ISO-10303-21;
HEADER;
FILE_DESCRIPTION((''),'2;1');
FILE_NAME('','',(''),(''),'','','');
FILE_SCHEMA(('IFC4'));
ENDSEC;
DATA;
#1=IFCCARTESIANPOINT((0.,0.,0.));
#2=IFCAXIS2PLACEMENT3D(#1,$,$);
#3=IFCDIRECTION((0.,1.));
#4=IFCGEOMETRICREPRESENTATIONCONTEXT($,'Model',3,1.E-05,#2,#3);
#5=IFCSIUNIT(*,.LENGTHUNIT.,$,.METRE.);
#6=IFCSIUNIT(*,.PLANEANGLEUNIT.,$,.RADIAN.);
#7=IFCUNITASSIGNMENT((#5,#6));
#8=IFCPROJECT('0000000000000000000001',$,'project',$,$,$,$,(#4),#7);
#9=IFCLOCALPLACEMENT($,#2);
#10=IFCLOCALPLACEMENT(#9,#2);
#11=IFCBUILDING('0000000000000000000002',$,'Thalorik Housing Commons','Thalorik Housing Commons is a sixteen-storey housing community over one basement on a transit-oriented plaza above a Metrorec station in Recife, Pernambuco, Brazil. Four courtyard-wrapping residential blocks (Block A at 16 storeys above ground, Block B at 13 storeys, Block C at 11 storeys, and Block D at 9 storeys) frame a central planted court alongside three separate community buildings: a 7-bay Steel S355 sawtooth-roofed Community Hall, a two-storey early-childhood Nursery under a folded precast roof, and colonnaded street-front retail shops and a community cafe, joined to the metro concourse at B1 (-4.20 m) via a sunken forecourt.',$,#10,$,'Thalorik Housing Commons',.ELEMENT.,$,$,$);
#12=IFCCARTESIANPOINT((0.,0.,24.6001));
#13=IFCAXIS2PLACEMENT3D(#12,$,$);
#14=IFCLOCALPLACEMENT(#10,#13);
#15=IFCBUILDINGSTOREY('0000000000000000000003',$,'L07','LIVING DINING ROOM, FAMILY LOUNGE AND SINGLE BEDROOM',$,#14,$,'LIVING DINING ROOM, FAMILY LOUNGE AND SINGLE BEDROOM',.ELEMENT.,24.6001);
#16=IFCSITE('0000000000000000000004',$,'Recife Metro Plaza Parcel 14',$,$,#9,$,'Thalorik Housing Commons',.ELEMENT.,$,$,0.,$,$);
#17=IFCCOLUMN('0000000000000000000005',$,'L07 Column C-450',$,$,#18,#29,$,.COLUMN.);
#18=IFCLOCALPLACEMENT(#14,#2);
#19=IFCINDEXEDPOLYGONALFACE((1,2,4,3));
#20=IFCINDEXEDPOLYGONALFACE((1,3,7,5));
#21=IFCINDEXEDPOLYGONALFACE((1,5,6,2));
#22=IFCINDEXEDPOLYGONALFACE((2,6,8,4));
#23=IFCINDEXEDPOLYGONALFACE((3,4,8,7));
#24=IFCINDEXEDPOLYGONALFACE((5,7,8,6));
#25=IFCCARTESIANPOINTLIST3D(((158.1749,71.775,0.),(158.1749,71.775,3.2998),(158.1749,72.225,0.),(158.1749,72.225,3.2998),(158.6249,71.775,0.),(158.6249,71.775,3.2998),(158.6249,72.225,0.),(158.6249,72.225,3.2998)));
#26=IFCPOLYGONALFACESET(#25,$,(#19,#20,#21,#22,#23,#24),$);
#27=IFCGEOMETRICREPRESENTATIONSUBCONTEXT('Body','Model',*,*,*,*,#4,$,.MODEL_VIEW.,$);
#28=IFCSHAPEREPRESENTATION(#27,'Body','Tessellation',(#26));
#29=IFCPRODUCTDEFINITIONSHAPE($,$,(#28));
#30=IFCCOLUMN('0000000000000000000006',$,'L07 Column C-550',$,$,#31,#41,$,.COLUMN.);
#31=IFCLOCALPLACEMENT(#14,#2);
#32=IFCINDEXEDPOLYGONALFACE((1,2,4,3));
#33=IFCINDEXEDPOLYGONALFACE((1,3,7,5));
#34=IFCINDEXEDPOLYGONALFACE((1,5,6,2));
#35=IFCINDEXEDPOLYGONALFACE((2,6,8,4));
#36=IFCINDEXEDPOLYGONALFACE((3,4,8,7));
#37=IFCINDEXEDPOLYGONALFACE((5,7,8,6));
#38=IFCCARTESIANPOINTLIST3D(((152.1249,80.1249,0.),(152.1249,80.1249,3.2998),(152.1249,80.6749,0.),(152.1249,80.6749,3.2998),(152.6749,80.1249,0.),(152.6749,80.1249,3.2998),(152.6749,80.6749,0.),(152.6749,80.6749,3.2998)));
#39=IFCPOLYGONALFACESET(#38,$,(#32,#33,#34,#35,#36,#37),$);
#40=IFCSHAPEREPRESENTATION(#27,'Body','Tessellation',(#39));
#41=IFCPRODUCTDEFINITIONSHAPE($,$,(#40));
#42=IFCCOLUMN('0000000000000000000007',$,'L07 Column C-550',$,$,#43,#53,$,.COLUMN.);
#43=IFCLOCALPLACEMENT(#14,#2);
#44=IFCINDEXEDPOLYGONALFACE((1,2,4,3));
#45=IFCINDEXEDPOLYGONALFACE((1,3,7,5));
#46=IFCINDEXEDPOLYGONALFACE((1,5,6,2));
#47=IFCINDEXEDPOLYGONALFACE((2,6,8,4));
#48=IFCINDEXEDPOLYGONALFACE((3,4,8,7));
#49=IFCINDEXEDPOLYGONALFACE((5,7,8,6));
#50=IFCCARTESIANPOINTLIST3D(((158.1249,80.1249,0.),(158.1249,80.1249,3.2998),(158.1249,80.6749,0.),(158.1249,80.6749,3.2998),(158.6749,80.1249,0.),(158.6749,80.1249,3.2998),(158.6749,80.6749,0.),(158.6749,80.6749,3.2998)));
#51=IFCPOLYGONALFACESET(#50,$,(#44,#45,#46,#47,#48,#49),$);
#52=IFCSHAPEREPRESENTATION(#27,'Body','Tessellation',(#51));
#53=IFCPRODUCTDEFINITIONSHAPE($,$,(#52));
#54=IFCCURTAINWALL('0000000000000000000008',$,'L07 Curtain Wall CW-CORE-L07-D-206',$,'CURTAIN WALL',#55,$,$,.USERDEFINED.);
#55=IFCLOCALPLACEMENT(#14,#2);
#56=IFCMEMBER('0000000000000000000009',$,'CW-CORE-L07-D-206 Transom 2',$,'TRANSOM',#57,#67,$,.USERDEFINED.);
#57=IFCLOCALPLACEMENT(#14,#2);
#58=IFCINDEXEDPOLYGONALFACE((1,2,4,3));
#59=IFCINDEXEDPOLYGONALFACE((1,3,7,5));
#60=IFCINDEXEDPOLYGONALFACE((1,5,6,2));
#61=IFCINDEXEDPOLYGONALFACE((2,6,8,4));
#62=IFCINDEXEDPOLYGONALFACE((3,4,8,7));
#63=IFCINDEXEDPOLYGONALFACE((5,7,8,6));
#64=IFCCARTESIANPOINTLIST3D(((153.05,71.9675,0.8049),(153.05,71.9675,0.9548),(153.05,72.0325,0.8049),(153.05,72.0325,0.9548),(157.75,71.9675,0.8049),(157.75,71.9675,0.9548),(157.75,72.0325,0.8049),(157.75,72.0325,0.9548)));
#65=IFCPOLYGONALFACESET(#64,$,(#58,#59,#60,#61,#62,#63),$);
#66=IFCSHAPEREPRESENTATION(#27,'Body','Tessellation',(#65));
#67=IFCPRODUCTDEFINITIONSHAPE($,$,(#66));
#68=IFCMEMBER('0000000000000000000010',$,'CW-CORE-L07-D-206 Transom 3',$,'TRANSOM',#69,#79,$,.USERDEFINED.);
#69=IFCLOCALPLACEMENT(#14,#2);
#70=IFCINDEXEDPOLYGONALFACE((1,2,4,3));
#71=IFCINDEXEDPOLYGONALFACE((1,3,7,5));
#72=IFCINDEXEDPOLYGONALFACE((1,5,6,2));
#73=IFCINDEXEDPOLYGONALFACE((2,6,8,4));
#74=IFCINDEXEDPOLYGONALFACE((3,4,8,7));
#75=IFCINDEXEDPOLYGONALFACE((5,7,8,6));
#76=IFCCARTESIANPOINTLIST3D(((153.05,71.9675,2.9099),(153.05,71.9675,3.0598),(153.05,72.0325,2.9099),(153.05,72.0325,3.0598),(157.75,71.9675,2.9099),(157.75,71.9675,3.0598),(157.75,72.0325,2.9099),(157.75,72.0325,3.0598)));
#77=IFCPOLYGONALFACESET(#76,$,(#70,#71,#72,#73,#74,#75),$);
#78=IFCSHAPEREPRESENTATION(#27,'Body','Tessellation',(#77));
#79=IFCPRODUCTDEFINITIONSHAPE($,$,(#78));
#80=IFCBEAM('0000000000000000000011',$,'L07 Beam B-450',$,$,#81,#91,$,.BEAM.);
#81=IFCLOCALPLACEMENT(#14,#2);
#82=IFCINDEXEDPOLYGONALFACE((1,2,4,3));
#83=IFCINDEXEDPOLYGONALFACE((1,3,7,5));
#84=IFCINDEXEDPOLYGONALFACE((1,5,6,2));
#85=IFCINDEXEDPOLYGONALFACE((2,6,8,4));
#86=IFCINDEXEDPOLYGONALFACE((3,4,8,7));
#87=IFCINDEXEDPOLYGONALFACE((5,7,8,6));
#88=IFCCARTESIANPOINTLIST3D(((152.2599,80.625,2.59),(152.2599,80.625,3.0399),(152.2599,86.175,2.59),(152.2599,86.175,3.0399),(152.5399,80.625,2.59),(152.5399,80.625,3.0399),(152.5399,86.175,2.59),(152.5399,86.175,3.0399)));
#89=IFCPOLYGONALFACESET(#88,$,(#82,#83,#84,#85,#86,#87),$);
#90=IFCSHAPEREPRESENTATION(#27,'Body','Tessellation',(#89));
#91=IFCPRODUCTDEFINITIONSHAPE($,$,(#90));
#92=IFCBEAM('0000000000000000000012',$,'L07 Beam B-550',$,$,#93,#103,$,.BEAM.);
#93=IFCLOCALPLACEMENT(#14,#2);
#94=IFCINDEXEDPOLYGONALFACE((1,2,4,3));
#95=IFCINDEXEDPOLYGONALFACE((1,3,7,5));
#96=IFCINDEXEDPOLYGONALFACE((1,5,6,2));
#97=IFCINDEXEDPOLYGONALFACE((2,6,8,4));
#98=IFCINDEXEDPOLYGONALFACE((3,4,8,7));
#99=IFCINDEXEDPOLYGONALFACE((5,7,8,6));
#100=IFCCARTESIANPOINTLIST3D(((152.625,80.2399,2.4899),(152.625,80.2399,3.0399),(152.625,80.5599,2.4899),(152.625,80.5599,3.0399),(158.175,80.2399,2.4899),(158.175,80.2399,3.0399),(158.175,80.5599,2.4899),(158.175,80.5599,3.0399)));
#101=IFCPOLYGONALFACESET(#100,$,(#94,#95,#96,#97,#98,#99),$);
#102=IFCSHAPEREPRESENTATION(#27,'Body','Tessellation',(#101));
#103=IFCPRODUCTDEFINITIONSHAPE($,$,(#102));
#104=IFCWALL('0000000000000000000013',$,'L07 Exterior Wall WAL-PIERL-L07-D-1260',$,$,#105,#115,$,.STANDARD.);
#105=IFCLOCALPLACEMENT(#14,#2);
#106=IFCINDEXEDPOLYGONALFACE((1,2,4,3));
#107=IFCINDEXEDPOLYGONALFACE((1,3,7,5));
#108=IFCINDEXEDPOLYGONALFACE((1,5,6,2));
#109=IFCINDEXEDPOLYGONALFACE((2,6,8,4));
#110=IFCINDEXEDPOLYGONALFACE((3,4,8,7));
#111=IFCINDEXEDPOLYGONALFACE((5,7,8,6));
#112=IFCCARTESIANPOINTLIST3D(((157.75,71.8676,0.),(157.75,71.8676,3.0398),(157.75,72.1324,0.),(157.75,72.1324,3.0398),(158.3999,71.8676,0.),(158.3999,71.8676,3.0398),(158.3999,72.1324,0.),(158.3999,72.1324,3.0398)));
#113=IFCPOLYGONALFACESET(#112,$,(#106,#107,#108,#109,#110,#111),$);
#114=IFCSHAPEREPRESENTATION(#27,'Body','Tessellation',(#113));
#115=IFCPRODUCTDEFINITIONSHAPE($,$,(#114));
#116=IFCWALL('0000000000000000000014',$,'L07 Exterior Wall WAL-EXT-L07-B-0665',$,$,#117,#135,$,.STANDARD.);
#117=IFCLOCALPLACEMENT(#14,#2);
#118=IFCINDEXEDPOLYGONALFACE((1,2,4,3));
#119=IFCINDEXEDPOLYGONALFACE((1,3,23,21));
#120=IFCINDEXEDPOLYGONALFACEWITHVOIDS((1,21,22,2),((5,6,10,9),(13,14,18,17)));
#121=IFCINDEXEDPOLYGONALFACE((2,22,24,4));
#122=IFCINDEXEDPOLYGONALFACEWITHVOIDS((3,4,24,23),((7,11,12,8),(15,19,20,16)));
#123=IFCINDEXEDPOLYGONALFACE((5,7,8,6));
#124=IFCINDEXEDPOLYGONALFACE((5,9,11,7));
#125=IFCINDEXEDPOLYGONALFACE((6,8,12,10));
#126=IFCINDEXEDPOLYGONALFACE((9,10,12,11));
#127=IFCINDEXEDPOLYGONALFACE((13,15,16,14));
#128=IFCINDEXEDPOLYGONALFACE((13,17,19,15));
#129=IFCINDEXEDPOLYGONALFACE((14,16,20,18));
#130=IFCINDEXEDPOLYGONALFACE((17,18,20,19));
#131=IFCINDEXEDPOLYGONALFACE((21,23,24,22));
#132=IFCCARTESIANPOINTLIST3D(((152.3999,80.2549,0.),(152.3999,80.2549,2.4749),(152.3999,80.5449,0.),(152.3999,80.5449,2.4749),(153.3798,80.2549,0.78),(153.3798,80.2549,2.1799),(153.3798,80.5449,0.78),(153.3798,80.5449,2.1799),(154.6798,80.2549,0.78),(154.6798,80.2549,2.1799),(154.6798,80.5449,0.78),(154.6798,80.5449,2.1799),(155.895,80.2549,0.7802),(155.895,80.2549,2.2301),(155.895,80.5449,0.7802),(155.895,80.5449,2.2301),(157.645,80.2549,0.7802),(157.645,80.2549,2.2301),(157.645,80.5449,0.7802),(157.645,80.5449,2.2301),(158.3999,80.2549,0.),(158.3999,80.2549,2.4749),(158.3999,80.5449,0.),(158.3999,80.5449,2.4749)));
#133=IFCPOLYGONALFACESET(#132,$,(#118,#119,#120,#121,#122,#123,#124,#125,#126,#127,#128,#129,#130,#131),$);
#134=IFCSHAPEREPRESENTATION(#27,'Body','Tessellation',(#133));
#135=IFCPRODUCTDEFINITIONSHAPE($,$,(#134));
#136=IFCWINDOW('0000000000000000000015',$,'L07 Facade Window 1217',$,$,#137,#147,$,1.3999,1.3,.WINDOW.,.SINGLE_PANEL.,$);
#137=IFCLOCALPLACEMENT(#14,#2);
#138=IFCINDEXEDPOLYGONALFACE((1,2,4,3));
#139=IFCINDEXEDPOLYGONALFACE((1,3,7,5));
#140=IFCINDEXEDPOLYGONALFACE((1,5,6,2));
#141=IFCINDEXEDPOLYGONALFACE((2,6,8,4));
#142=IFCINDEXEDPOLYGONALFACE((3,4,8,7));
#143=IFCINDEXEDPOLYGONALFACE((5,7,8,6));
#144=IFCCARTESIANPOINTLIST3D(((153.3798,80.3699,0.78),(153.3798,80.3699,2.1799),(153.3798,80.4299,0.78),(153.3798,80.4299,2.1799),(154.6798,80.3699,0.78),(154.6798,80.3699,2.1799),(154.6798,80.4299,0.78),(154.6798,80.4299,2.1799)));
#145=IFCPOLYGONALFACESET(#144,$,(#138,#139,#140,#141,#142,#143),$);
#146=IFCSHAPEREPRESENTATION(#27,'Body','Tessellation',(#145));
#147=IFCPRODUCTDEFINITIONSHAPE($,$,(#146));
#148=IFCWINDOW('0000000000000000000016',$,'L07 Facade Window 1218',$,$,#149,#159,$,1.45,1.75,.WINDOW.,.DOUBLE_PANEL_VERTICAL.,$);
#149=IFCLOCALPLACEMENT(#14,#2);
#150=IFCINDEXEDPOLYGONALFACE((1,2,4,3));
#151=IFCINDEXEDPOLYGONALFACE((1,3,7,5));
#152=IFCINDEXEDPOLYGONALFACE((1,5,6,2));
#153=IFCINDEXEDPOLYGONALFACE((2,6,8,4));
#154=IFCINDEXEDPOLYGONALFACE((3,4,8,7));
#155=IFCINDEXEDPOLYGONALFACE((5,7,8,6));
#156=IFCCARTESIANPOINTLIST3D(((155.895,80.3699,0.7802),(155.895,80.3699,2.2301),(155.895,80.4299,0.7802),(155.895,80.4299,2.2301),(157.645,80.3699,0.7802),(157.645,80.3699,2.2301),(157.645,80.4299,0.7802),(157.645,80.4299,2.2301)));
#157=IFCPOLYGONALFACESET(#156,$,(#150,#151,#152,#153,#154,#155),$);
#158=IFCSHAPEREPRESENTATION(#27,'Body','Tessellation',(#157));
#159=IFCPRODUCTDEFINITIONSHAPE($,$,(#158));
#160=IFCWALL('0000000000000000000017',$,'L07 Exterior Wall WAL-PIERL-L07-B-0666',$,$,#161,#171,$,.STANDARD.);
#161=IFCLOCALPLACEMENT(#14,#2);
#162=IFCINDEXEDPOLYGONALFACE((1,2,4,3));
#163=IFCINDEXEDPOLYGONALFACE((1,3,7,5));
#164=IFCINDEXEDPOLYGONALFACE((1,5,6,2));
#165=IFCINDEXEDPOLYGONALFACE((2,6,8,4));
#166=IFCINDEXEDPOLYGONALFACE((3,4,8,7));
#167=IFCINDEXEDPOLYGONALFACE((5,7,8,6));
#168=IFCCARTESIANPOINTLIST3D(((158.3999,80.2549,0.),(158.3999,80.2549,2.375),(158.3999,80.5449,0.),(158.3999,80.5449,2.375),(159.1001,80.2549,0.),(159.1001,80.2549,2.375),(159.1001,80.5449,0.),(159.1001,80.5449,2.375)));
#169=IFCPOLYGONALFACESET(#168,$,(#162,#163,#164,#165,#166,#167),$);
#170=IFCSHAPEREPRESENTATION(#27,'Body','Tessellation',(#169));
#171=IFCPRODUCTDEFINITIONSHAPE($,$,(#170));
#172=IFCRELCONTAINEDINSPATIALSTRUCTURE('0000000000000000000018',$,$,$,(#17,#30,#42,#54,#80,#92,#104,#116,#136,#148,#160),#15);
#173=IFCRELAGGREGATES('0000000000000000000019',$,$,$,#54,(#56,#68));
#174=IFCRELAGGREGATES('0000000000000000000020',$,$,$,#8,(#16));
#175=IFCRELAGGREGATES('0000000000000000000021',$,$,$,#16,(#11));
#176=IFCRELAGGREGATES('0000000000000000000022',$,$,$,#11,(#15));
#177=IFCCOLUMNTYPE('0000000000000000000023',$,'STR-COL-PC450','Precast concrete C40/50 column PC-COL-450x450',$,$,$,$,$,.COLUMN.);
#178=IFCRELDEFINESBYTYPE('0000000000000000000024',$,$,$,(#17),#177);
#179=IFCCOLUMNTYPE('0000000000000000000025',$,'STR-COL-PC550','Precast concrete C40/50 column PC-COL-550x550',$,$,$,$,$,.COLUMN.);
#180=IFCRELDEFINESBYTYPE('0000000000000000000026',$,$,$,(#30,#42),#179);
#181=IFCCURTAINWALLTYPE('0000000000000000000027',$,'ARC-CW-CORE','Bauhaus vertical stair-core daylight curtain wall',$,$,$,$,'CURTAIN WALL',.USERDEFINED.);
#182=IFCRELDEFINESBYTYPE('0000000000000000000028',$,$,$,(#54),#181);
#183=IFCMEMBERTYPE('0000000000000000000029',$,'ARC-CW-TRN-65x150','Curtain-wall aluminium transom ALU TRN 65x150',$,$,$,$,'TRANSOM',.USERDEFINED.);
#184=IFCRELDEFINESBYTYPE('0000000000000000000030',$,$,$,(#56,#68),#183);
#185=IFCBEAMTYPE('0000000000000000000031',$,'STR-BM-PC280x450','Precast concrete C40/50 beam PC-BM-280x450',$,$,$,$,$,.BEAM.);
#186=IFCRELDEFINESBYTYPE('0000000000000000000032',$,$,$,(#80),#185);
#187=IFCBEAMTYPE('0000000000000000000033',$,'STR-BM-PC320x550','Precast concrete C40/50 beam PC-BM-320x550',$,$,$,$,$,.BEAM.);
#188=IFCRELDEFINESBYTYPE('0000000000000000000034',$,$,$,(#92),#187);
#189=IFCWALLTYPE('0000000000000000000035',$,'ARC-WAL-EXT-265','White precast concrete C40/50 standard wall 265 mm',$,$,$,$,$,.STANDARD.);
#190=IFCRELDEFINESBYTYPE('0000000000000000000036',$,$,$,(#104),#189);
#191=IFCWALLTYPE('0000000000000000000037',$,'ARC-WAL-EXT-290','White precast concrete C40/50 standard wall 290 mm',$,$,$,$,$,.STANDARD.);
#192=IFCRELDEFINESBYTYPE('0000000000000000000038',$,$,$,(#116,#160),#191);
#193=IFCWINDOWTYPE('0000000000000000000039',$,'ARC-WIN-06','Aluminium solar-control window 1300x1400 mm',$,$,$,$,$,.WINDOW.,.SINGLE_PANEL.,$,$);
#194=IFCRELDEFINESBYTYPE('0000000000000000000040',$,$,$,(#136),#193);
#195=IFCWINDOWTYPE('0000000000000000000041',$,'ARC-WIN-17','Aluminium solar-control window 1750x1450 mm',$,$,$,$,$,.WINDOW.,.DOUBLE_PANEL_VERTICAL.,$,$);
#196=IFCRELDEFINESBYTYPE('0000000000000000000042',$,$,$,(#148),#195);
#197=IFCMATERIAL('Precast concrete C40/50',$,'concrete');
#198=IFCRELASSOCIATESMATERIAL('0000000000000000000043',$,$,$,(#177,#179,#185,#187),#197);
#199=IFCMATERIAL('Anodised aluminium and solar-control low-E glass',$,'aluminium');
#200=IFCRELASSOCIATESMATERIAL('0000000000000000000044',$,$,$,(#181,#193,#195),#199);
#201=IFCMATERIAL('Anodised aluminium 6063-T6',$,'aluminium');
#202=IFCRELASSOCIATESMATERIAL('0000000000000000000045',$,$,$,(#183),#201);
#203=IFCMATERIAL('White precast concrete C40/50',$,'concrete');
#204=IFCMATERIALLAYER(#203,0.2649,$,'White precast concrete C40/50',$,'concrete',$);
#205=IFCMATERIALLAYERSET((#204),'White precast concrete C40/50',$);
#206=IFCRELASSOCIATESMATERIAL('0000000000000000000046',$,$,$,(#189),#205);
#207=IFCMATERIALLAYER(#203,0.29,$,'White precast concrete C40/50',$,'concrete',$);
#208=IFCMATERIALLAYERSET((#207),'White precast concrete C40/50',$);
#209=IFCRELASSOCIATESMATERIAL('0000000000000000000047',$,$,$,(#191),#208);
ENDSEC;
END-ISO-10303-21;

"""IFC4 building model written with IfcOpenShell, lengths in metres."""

from ifc_helpers import new_model, si_unit, direction, frame, frame_2d, origin, origin_2d, place, context, subcontext, project, spatial, rectangle, extrude, material, layer, layer_set, material_profile, profile_set, type_object, element, fill, aggregate, save


model = new_model("IFC4")

# Units and contexts
model_context = context("Model", 3, precision=1e-05, world=origin(), true_north=direction((0.0, 1.0)))
body_context = subcontext(model_context, "Body", "Model", "MODEL_VIEW")
ifc_project = project(units=[si_unit("LENGTHUNIT", "METRE"), si_unit("PLANEANGLEUNIT", "RADIAN")], contexts=[model_context])

# Site, building, storey
site_placement = place(None, origin())
site = spatial("IfcSite", under=ifc_project, at=site_placement, Name="Recife Metro Plaza Parcel 14", LongName="Thalorik Housing Commons", CompositionType="ELEMENT", RefElevation=0.0)
building_placement = place(site_placement, origin())
building = spatial("IfcBuilding", under=site, at=building_placement, Name="Thalorik Housing Commons", Description="Thalorik Housing Commons is a sixteen-storey housing community over one basement on a transit-oriented plaza above a Metrorec station in Recife, Pernambuco, Brazil. Four courtyard-wrapping residential blocks (Block A at 16 storeys above ground, Block B at 13 storeys, Block C at 11 storeys, and Block D at 9 storeys) frame a central planted court alongside three separate community buildings: a 7-bay Steel S355 sawtooth-roofed Community Hall, a two-storey early-childhood Nursery under a folded precast roof, and colonnaded street-front retail shops and a community cafe, joined to the metro concourse at B1 (-4.20 m) via a sunken forecourt.", LongName="Thalorik Housing Commons", CompositionType="ELEMENT")
storey_placement = place(building_placement, frame((0.0, 0.0, 24.6001)))
storey = spatial("IfcBuildingStorey", under=building, at=storey_placement, Name="L07", Description="LIVING DINING ROOM, FAMILY LOUNGE AND SINGLE BEDROOM", LongName="LIVING DINING ROOM, FAMILY LOUNGE AND SINGLE BEDROOM", CompositionType="ELEMENT", Elevation=24.6001)

# Columns
ifc_material_1 = material(Name="Precast concrete C40/50", Category="concrete")
ifc_material_profile_1 = material_profile(ifc_material_1, rectangle(XDim=0.45, YDim=0.45, at=origin_2d()), Name="PC 450x450", Category="concrete")
ifc_profile_set_1 = profile_set([ifc_material_profile_1], Name="Precast concrete C40/50")
column_type_1 = type_object("IfcColumnType", Name="STR-COL-PC450", Description="Precast concrete C40/50 column PC-COL-450x450", PredefinedType="COLUMN", material=ifc_profile_set_1)
column_placement = place(storey_placement, frame((158.3999, 72.0, 0.0), z_axis=(0.0, 0.0, 1.0), x_axis=(1.0, 0.0, 0.0)))
element("IfcColumn", 1, at=column_placement, inside=storey, type_object=column_type_1, Name="L07 Column C-450", PredefinedType="COLUMN", context=body_context, shape_type="SweptSolid", body=[
    extrude(rectangle(XDim=0.45, YDim=0.45, at=origin_2d()), origin(), (0.0, 0.0, 1.0), 3.2998),
])
ifc_material_profile_2 = material_profile(ifc_material_1, rectangle(XDim=0.55, YDim=0.55, at=origin_2d()), Name="PC 550x550", Category="concrete")
ifc_profile_set_2 = profile_set([ifc_material_profile_2], Name="Precast concrete C40/50")
column_type_2 = type_object("IfcColumnType", Name="STR-COL-PC550", Description="Precast concrete C40/50 column PC-COL-550x550", PredefinedType="COLUMN", material=ifc_profile_set_2)
for number, where, z_axis, x_axis, name in (
    (2, (152.3999, 80.3999, 0.0), (0.0, 0.0, 1.0), (1.0, 0.0, 0.0), "L07 Column C-550"),
    (3, (158.3999, 80.3999, 0.0), (0.0, 0.0, 1.0), (1.0, 0.0, 0.0), "L07 Column C-550"),
):
    element("IfcColumn", number, at=place(storey_placement, frame(where, z_axis=z_axis, x_axis=x_axis)), inside=storey, type_object=column_type_2, Name=name, PredefinedType="COLUMN", context=body_context, shape_type="SweptSolid", body=[
        extrude(rectangle(XDim=0.55, YDim=0.55, at=origin_2d()), origin(), (0.0, 0.0, 1.0), 3.2998),
    ])

# Curtain wall, members
ifc_material_2 = material(Name="Anodised aluminium and solar-control low-E glass", Category="aluminium")
curtain_wall_type = type_object("IfcCurtainWallType", Name="ARC-CW-CORE", Description="Bauhaus vertical stair-core daylight curtain wall", ElementType="CURTAIN WALL", PredefinedType="USERDEFINED", material=ifc_material_2)
curtain_wall_placement = place(storey_placement, origin())
curtain_wall = element("IfcCurtainWall", 4, at=curtain_wall_placement, inside=storey, type_object=curtain_wall_type, Name="L07 Curtain Wall CW-CORE-L07-D-206", ObjectType="CURTAIN WALL", PredefinedType="USERDEFINED")
ifc_material_3 = material(Name="Anodised aluminium 6063-T6", Category="aluminium")
ifc_material_profile_3 = material_profile(ifc_material_3, rectangle(XDim=0.0649, YDim=0.1499, at=origin_2d()), Name="ALU TRN 65x150", Category="aluminium")
ifc_profile_set_3 = profile_set([ifc_material_profile_3], Name="Anodised aluminium 6063-T6")
member_type = type_object("IfcMemberType", Name="ARC-CW-TRN-65x150", Description="Curtain-wall aluminium transom ALU TRN 65x150", ElementType="TRANSOM", PredefinedType="USERDEFINED", material=ifc_profile_set_3)
member_1_placement = place(storey_placement, frame((157.75, 72.0, 0.8799), z_axis=(-1.0, 0.0, 0.0), x_axis=(0.0, -1.0, 0.0)))
member_1 = element("IfcMember", 5, at=member_1_placement, type_object=member_type, Name="CW-CORE-L07-D-206 Transom 2", ObjectType="TRANSOM", PredefinedType="USERDEFINED", context=body_context, shape_type="SweptSolid", body=[
    extrude(rectangle(XDim=0.0649, YDim=0.1499, at=origin_2d()), origin(), (0.0, 0.0, 1.0), 4.7),
])
member_2_placement = place(storey_placement, frame((157.75, 72.0, 2.9849), z_axis=(-1.0, 0.0, 0.0), x_axis=(0.0, -1.0, 0.0)))
member_2 = element("IfcMember", 6, at=member_2_placement, type_object=member_type, Name="CW-CORE-L07-D-206 Transom 3", ObjectType="TRANSOM", PredefinedType="USERDEFINED", context=body_context, shape_type="SweptSolid", body=[
    extrude(rectangle(XDim=0.0649, YDim=0.1499, at=origin_2d()), origin(), (0.0, 0.0, 1.0), 4.7),
])
aggregate(curtain_wall, [member_1, member_2])

# Beams
ifc_material_profile_4 = material_profile(ifc_material_1, rectangle(XDim=0.28, YDim=0.45, at=origin_2d()), Name="PC 280x450", Category="concrete")
ifc_profile_set_4 = profile_set([ifc_material_profile_4], Name="Precast concrete C40/50")
beam_type_1 = type_object("IfcBeamType", Name="STR-BM-PC280x450", Description="Precast concrete C40/50 beam PC-BM-280x450", PredefinedType="BEAM", material=ifc_profile_set_4)
beam_1_placement = place(storey_placement, frame((152.3999, 80.625, 2.8149), z_axis=(0.0, 1.0, 0.0), x_axis=(-1.0, 0.0, 0.0)))
element("IfcBeam", 7, at=beam_1_placement, inside=storey, type_object=beam_type_1, Name="L07 Beam B-450", PredefinedType="BEAM", context=body_context, shape_type="SweptSolid", body=[
    extrude(rectangle(XDim=0.28, YDim=0.45, at=origin_2d()), origin(), (0.0, 0.0, 1.0), 5.55),
])
ifc_material_profile_5 = material_profile(ifc_material_1, rectangle(XDim=0.3201, YDim=0.55, at=origin_2d()), Name="PC 320x550", Category="concrete")
ifc_profile_set_5 = profile_set([ifc_material_profile_5], Name="Precast concrete C40/50")
beam_type_2 = type_object("IfcBeamType", Name="STR-BM-PC320x550", Description="Precast concrete C40/50 beam PC-BM-320x550", PredefinedType="BEAM", material=ifc_profile_set_5)
beam_2_placement = place(storey_placement, frame((152.625, 80.3999, 2.7649), z_axis=(1.0, 0.0, 0.0), x_axis=(0.0, 1.0, 0.0)))
element("IfcBeam", 8, at=beam_2_placement, inside=storey, type_object=beam_type_2, Name="L07 Beam B-550", PredefinedType="BEAM", context=body_context, shape_type="SweptSolid", body=[
    extrude(rectangle(XDim=0.3201, YDim=0.55, at=origin_2d()), origin(), (0.0, 0.0, 1.0), 5.55),
])

# Wall
ifc_material_4 = material(Name="White precast concrete C40/50", Category="concrete")
ifc_layer_1 = layer(ifc_material_4, 0.2649, Name="White precast concrete C40/50", Category="concrete")
ifc_layer_set_1 = layer_set([ifc_layer_1], Name="White precast concrete C40/50")
wall_type_1 = type_object("IfcWallType", Name="ARC-WAL-EXT-265", Description="White precast concrete C40/50 standard wall 265 mm", PredefinedType="STANDARD", material=ifc_layer_set_1)
wall_1_placement = place(storey_placement, frame((158.3999, 72.0, 0.0), z_axis=(0.0, 0.0, 1.0), x_axis=(-1.0, 0.0, 0.0)))
element("IfcWall", 9, at=wall_1_placement, inside=storey, type_object=wall_type_1, Name="L07 Exterior Wall WAL-PIERL-L07-D-1260", PredefinedType="STANDARD", context=body_context, shape_type="SweptSolid", body=[
    extrude(rectangle(XDim=0.6499, YDim=0.2649, at=frame_2d((0.325, 0.0))), origin(), (0.0, 0.0, 1.0), 3.0398),
])

# Wall, openings, windows
ifc_layer_2 = layer(ifc_material_4, 0.29, Name="White precast concrete C40/50", Category="concrete")
ifc_layer_set_2 = layer_set([ifc_layer_2], Name="White precast concrete C40/50")
wall_type_2 = type_object("IfcWallType", Name="ARC-WAL-EXT-290", Description="White precast concrete C40/50 standard wall 290 mm", PredefinedType="STANDARD", material=ifc_layer_set_2)
wall_2_placement = place(storey_placement, frame((152.3999, 80.3999, 0.0), z_axis=(0.0, 0.0, 1.0), x_axis=(1.0, 0.0, 0.0)))
wall_2 = element("IfcWall", 10, at=wall_2_placement, inside=storey, type_object=wall_type_2, Name="L07 Exterior Wall WAL-EXT-L07-B-0665", PredefinedType="STANDARD", context=body_context, shape_type="SweptSolid", body=[
    extrude(rectangle(XDim=6.0, YDim=0.29, at=frame_2d((3.0, 0.0))), origin(), (0.0, 0.0, 1.0), 2.4749),
])
opening_1_placement = place(wall_2_placement, frame((0.98, 0.0, 0.78)))
opening_1 = element("IfcOpeningElement", 11, at=opening_1_placement, cuts=wall_2, PredefinedType="OPENING", context=body_context, shape_type="SweptSolid", body=[
    extrude(rectangle(XDim=1.3, YDim=1.3999, at=frame_2d((0.6499, 0.7))), frame((0.0, 0.155, 0.0), z_axis=(0.0, -1.0, 0.0), x_axis=(1.0, 0.0, 0.0)), (0.0, 0.0, 1.0), 0.3101),
])
opening_2_placement = place(wall_2_placement, frame((3.4951, 0.0, 0.78)))
opening_2 = element("IfcOpeningElement", 12, at=opening_2_placement, cuts=wall_2, PredefinedType="OPENING", context=body_context, shape_type="SweptSolid", body=[
    extrude(rectangle(XDim=1.75, YDim=1.45, at=frame_2d((0.875, 0.7251))), frame((0.0, 0.155, 0.0), z_axis=(0.0, -1.0, 0.0), x_axis=(1.0, 0.0, 0.0)), (0.0, 0.0, 1.0), 0.3101),
])
window_type_1 = type_object("IfcWindowType", Name="ARC-WIN-06", Description="Aluminium solar-control window 1300x1400 mm", PartitioningType="SINGLE_PANEL", PredefinedType="WINDOW", material=ifc_material_2)
window_1_placement = place(opening_1_placement, origin())
window_1 = element("IfcWindow", 13, at=window_1_placement, inside=storey, type_object=window_type_1, Name="L07 Facade Window 1217", OverallHeight=1.3999, OverallWidth=1.3, PartitioningType="SINGLE_PANEL", PredefinedType="WINDOW", context=body_context, shape_type="SweptSolid", body=[
    extrude(rectangle(XDim=1.3, YDim=1.3999, at=frame_2d((0.6499, 0.7))), frame((0.0, 0.03, 0.0), z_axis=(0.0, -1.0, 0.0), x_axis=(1.0, 0.0, 0.0)), (0.0, 0.0, 1.0), 0.0601),
])
fill(opening_1, window_1)
window_type_2 = type_object("IfcWindowType", Name="ARC-WIN-17", Description="Aluminium solar-control window 1750x1450 mm", PartitioningType="DOUBLE_PANEL_VERTICAL", PredefinedType="WINDOW", material=ifc_material_2)
window_2_placement = place(opening_2_placement, origin())
window_2 = element("IfcWindow", 14, at=window_2_placement, inside=storey, type_object=window_type_2, Name="L07 Facade Window 1218", OverallHeight=1.45, OverallWidth=1.75, PartitioningType="DOUBLE_PANEL_VERTICAL", PredefinedType="WINDOW", context=body_context, shape_type="SweptSolid", body=[
    extrude(rectangle(XDim=1.75, YDim=1.45, at=frame_2d((0.875, 0.7251))), frame((0.0, 0.03, 0.0), z_axis=(0.0, -1.0, 0.0), x_axis=(1.0, 0.0, 0.0)), (0.0, 0.0, 1.0), 0.0601),
])
fill(opening_2, window_2)

# Wall
wall_3_placement = place(storey_placement, frame((158.3999, 80.3999, 0.0), z_axis=(0.0, 0.0, 1.0), x_axis=(1.0, 0.0, 0.0)))
element("IfcWall", 15, at=wall_3_placement, inside=storey, type_object=wall_type_2, Name="L07 Exterior Wall WAL-PIERL-L07-B-0666", PredefinedType="STANDARD", context=body_context, shape_type="SweptSolid", body=[
    extrude(rectangle(XDim=0.7002, YDim=0.29, at=frame_2d((0.3501, 0.0))), origin(), (0.0, 0.0, 1.0), 2.375),
])

save(model, "model.ifc")
